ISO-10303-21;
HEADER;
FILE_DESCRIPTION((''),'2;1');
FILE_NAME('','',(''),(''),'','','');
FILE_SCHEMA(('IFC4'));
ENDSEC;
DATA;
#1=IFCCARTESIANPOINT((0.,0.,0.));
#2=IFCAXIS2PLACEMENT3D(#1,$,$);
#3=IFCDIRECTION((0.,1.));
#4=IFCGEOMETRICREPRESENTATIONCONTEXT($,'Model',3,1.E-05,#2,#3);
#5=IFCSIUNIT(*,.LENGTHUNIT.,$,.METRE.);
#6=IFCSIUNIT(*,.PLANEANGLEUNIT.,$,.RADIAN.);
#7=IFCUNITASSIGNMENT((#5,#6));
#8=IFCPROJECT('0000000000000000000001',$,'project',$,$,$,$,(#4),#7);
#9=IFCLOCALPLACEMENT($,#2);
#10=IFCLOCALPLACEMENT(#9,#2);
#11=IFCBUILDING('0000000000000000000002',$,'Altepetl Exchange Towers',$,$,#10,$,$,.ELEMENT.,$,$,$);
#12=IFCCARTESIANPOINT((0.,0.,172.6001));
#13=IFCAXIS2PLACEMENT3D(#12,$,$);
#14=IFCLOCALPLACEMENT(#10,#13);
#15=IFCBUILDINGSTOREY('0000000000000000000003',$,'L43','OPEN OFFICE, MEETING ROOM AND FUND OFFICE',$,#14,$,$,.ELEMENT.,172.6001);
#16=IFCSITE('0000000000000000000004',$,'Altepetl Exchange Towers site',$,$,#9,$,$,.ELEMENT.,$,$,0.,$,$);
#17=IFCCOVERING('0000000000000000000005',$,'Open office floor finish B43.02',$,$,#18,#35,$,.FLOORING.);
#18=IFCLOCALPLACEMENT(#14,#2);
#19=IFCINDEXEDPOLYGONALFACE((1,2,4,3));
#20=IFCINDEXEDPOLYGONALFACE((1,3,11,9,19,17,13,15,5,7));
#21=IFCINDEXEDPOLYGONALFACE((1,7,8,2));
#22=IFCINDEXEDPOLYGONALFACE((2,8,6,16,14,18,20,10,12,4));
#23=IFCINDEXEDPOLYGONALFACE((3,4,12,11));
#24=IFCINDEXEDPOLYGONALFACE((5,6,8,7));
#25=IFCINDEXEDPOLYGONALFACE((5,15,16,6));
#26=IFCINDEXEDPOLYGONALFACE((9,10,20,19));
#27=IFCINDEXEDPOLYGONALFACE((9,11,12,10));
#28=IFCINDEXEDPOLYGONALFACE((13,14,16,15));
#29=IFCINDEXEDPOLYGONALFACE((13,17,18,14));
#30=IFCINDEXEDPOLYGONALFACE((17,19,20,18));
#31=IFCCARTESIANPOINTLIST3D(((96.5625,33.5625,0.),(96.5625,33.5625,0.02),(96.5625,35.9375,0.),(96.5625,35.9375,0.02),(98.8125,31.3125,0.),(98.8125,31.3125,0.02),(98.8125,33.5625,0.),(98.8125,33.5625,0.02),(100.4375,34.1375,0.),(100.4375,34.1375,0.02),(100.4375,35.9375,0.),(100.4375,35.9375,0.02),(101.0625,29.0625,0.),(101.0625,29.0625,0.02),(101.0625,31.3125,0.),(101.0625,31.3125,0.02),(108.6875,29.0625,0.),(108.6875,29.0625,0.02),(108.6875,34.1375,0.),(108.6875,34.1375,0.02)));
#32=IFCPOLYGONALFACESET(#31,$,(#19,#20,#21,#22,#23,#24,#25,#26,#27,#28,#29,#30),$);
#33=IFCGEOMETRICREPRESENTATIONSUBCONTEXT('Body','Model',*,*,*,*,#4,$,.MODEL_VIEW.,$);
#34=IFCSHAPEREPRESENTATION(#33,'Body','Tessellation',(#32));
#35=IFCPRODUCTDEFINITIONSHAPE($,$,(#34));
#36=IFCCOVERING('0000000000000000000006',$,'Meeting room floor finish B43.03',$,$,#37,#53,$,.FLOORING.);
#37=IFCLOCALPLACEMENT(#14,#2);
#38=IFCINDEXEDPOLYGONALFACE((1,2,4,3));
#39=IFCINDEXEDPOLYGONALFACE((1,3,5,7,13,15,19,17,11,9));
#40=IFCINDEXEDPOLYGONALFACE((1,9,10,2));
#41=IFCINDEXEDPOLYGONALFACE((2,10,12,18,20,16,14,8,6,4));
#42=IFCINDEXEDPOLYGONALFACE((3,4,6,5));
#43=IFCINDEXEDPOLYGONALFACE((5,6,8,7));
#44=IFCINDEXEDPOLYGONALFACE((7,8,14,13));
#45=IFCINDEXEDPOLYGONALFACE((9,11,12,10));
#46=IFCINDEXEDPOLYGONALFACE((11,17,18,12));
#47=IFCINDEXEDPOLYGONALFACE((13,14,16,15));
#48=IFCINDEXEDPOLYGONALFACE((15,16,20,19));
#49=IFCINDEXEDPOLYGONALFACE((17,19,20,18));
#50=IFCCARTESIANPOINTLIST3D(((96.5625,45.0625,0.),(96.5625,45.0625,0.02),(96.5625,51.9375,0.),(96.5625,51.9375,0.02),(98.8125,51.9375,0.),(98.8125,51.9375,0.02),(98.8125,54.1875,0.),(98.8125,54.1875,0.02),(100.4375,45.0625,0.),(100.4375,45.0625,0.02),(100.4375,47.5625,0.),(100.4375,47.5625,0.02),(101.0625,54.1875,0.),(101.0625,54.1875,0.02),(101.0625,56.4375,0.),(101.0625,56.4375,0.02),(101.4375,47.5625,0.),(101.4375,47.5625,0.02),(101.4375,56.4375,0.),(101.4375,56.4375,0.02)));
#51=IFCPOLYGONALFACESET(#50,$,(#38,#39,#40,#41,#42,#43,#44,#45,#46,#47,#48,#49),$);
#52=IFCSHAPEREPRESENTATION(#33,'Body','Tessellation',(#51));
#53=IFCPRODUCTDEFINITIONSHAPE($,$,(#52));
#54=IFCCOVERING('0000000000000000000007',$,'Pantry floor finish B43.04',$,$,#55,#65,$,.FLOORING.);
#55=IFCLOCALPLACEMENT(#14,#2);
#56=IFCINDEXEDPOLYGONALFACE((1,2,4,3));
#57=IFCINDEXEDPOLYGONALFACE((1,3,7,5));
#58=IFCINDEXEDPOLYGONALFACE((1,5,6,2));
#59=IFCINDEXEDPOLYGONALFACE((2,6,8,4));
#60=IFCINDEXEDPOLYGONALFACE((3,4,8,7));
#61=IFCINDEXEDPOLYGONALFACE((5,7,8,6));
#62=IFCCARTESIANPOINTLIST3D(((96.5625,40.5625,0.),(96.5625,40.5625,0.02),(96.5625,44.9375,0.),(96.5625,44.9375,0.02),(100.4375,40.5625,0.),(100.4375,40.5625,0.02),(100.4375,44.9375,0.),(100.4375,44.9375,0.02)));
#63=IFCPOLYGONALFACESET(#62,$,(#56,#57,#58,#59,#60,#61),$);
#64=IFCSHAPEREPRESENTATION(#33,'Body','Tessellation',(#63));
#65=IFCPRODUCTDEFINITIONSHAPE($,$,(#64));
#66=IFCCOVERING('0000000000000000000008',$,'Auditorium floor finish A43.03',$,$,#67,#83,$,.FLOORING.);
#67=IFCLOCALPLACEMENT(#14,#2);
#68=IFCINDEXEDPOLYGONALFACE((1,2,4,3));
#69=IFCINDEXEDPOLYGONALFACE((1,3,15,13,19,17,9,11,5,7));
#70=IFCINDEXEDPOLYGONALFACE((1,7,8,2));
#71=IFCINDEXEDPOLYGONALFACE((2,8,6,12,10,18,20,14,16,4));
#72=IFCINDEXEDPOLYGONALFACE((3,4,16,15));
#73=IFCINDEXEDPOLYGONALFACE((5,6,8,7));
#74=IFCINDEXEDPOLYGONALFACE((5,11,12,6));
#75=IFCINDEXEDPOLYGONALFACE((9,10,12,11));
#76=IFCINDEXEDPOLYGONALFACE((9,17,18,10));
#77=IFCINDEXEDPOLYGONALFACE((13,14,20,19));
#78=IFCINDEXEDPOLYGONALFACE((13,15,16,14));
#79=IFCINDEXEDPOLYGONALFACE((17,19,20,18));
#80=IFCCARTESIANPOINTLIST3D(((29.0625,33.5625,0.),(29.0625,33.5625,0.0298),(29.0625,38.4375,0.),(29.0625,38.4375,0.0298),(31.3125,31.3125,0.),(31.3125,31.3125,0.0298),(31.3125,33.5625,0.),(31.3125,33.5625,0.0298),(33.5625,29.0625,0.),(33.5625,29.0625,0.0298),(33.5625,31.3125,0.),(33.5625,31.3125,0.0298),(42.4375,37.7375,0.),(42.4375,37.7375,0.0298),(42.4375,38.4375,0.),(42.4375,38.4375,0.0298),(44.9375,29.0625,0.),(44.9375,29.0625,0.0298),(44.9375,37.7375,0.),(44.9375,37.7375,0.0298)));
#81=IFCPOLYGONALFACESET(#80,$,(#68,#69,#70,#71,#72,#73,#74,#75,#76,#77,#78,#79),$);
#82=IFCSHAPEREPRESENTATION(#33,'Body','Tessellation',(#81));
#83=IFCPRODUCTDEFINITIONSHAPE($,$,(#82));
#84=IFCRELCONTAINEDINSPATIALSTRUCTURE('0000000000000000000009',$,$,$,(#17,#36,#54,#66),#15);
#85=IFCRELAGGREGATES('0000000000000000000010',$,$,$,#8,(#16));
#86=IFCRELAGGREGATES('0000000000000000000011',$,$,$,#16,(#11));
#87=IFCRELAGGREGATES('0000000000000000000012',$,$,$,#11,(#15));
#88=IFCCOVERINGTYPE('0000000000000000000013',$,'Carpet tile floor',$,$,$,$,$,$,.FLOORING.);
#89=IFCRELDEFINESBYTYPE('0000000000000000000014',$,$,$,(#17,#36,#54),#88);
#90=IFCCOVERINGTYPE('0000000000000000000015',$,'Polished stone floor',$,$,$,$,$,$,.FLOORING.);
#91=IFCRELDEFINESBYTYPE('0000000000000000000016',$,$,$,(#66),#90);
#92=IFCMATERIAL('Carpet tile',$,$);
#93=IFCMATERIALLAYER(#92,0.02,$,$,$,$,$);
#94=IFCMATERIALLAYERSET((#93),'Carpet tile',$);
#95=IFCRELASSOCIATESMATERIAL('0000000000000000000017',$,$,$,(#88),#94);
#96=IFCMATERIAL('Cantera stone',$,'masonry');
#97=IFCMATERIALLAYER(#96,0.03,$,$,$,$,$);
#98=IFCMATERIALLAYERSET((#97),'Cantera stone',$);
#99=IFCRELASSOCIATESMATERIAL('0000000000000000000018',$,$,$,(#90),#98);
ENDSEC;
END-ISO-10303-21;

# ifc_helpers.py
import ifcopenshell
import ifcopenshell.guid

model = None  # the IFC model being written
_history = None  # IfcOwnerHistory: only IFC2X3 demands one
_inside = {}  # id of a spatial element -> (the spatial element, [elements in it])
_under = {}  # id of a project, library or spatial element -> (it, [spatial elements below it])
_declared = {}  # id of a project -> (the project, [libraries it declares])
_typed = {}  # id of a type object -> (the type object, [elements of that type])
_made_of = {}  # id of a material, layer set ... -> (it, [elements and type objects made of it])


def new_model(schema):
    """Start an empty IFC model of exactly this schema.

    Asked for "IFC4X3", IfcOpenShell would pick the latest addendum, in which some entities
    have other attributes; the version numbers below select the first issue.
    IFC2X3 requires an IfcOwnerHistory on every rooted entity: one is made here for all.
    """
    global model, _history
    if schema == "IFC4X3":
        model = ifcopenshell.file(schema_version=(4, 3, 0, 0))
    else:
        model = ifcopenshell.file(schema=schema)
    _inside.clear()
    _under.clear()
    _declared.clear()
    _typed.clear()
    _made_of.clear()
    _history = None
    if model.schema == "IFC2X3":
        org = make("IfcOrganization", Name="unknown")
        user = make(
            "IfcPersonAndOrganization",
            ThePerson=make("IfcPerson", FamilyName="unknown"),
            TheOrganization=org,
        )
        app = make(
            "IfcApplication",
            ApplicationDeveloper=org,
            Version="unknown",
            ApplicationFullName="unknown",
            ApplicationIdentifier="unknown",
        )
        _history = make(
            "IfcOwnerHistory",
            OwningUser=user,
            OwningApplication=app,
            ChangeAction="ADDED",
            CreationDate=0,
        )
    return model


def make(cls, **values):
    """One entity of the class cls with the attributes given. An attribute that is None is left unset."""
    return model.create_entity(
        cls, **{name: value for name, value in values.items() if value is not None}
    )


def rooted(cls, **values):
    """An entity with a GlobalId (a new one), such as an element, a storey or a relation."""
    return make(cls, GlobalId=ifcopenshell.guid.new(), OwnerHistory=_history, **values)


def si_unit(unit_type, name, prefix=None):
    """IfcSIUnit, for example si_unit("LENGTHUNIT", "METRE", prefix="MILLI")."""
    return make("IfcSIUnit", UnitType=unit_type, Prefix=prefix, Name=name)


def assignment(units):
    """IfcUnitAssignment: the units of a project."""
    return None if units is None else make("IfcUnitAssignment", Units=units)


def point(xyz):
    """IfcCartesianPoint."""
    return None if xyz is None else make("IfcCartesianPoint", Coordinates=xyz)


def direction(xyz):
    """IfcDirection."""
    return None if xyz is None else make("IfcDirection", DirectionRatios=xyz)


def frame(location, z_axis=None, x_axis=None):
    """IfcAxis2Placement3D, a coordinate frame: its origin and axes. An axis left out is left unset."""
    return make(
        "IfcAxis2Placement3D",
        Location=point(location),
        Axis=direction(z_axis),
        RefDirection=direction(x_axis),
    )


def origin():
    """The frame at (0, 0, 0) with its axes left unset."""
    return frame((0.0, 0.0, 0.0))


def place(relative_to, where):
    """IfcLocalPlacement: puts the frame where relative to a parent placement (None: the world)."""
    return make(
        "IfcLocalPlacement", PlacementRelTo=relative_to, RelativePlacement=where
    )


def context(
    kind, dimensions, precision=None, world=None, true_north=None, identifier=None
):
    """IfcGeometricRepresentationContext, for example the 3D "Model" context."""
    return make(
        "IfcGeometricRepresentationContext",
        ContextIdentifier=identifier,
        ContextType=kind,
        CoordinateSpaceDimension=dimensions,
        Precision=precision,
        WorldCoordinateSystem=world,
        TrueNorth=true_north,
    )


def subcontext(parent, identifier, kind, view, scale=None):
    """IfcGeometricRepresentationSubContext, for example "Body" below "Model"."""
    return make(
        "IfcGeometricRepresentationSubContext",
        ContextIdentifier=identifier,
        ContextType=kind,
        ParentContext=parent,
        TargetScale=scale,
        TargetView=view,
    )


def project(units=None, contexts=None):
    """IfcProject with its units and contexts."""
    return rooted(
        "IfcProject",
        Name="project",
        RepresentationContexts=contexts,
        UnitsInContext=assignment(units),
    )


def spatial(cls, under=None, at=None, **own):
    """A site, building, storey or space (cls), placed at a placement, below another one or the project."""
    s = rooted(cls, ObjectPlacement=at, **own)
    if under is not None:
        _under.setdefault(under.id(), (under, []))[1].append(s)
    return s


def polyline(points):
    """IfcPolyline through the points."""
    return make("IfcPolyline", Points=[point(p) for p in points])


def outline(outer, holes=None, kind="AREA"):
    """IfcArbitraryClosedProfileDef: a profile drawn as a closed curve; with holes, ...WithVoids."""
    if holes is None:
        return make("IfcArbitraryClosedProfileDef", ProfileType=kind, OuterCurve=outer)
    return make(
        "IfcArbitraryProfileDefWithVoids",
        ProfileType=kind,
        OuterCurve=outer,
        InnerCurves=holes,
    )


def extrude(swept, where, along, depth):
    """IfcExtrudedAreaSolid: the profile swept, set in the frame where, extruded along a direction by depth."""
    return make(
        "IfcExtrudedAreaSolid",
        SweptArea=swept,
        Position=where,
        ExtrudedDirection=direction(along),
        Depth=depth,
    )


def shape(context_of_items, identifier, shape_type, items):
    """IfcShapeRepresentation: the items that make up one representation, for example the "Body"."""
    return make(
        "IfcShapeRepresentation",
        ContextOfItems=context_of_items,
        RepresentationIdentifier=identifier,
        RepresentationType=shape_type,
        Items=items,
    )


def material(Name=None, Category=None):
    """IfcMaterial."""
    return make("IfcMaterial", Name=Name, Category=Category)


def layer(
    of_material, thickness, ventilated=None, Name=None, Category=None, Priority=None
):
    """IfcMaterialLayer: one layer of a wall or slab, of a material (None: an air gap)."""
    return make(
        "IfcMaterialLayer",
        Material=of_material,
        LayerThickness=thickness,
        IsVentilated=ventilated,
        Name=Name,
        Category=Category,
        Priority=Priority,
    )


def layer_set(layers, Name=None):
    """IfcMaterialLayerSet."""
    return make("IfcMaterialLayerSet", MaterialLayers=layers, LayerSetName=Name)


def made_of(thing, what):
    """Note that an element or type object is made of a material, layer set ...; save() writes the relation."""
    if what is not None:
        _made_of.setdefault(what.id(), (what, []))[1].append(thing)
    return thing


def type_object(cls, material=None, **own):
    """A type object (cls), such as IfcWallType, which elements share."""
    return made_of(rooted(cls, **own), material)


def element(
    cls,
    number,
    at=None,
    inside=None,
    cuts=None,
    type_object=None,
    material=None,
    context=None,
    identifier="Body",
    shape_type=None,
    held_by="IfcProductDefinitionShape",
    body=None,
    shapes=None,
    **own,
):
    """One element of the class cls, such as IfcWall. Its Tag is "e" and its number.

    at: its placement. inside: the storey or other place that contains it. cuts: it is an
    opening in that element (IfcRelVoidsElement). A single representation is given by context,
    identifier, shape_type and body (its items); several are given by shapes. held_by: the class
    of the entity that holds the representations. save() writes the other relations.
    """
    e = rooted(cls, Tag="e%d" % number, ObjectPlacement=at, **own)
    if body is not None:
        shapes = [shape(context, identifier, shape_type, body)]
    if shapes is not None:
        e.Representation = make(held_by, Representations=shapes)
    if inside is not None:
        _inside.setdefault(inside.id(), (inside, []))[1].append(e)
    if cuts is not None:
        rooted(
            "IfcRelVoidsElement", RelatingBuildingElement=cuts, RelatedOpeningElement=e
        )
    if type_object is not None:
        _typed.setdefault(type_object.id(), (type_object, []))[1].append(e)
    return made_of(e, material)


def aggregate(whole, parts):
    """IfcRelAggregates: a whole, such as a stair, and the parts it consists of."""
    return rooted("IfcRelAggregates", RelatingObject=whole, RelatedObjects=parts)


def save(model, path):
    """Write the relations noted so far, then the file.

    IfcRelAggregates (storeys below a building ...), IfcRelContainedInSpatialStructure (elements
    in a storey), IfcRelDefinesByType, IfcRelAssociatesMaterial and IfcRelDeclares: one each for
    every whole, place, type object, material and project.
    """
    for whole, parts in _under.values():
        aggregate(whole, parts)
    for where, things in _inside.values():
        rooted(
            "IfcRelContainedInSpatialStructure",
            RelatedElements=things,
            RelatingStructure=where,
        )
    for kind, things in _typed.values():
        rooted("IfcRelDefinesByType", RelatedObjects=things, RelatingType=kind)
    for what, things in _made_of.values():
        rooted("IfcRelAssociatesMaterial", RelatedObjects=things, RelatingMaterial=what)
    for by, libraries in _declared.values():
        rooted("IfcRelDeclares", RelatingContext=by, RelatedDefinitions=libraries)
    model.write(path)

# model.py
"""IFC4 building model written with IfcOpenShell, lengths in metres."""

from ifc_helpers import new_model, si_unit, direction, frame, origin, place, context, subcontext, project, spatial, polyline, outline, extrude, material, layer, layer_set, type_object, element, save


model = new_model("IFC4")

# Units and contexts
model_context = context("Model", 3, precision=1e-05, world=origin(), true_north=direction((0.0, 1.0)))
body_context = subcontext(model_context, "Body", "Model", "MODEL_VIEW")
ifc_project = project(units=[si_unit("LENGTHUNIT", "METRE"), si_unit("PLANEANGLEUNIT", "RADIAN")], contexts=[model_context])

# Site, building, storey
site_placement = place(None, origin())
site = spatial("IfcSite", under=ifc_project, at=site_placement, Name="Altepetl Exchange Towers site", CompositionType="ELEMENT", RefElevation=0.0)
building_placement = place(site_placement, origin())
building = spatial("IfcBuilding", under=site, at=building_placement, Name="Altepetl Exchange Towers", CompositionType="ELEMENT")
storey_placement = place(building_placement, frame((0.0, 0.0, 172.6001)))
storey = spatial("IfcBuildingStorey", under=building, at=storey_placement, Name="L43", Description="OPEN OFFICE, MEETING ROOM AND FUND OFFICE", CompositionType="ELEMENT", Elevation=172.6001)

# Coverings
ifc_material_1 = material(Name="Carpet tile")
ifc_layer_1 = layer(ifc_material_1, 0.02)
ifc_layer_set_1 = layer_set([ifc_layer_1], Name="Carpet tile")
covering_type_1 = type_object("IfcCoveringType", Name="Carpet tile floor", PredefinedType="FLOORING", material=ifc_layer_set_1)
covering_1_placement = place(storey_placement, origin())
element("IfcCovering", 1, at=covering_1_placement, inside=storey, type_object=covering_type_1, Name="Open office floor finish B43.02", PredefinedType="FLOORING", context=body_context, shape_type="SweptSolid", body=[
    extrude(outline(polyline([(108.6875, 29.0625), (108.6875, 34.1375), (100.4375, 34.1375), (100.4375, 35.9375), (96.5625, 35.9375), (96.5625, 33.5625), (98.8125, 33.5625), (98.8125, 31.3125), (101.0625, 31.3125), (101.0625, 29.0625), (108.6875, 29.0625)])), origin(), (0.0, 0.0, 1.0), 0.02),
])
covering_2_placement = place(storey_placement, origin())
element("IfcCovering", 2, at=covering_2_placement, inside=storey, type_object=covering_type_1, Name="Meeting room floor finish B43.03", PredefinedType="FLOORING", context=body_context, shape_type="SweptSolid", body=[
    extrude(outline(polyline([(101.4375, 47.5625), (101.4375, 56.4375), (101.0625, 56.4375), (101.0625, 54.1875), (98.8125, 54.1875), (98.8125, 51.9375), (96.5625, 51.9375), (96.5625, 45.0625), (100.4375, 45.0625), (100.4375, 47.5625), (101.4375, 47.5625)])), origin(), (0.0, 0.0, 1.0), 0.02),
])
covering_3_placement = place(storey_placement, origin())
element("IfcCovering", 3, at=covering_3_placement, inside=storey, type_object=covering_type_1, Name="Pantry floor finish B43.04", PredefinedType="FLOORING", context=body_context, shape_type="SweptSolid", body=[
    extrude(outline(polyline([(100.4375, 44.9375), (96.5625, 44.9375), (96.5625, 40.5625), (100.4375, 40.5625), (100.4375, 44.9375)])), origin(), (0.0, 0.0, 1.0), 0.02),
])
ifc_material_2 = material(Name="Cantera stone", Category="masonry")
ifc_layer_2 = layer(ifc_material_2, 0.03)
ifc_layer_set_2 = layer_set([ifc_layer_2], Name="Cantera stone")
covering_type_2 = type_object("IfcCoveringType", Name="Polished stone floor", PredefinedType="FLOORING", material=ifc_layer_set_2)
covering_4_placement = place(storey_placement, origin())
element("IfcCovering", 4, at=covering_4_placement, inside=storey, type_object=covering_type_2, Name="Auditorium floor finish A43.03", PredefinedType="FLOORING", context=body_context, shape_type="SweptSolid", body=[
    extrude(outline(polyline([(33.5625, 29.0625), (44.9375, 29.0625), (44.9375, 37.7375), (42.4375, 37.7375), (42.4375, 38.4375), (29.0625, 38.4375), (29.0625, 33.5625), (31.3125, 33.5625), (31.3125, 31.3125), (33.5625, 31.3125), (33.5625, 29.0625)])), origin(), (0.0, 0.0, 1.0), 0.0298),
])

save(model, "model.ifc")
